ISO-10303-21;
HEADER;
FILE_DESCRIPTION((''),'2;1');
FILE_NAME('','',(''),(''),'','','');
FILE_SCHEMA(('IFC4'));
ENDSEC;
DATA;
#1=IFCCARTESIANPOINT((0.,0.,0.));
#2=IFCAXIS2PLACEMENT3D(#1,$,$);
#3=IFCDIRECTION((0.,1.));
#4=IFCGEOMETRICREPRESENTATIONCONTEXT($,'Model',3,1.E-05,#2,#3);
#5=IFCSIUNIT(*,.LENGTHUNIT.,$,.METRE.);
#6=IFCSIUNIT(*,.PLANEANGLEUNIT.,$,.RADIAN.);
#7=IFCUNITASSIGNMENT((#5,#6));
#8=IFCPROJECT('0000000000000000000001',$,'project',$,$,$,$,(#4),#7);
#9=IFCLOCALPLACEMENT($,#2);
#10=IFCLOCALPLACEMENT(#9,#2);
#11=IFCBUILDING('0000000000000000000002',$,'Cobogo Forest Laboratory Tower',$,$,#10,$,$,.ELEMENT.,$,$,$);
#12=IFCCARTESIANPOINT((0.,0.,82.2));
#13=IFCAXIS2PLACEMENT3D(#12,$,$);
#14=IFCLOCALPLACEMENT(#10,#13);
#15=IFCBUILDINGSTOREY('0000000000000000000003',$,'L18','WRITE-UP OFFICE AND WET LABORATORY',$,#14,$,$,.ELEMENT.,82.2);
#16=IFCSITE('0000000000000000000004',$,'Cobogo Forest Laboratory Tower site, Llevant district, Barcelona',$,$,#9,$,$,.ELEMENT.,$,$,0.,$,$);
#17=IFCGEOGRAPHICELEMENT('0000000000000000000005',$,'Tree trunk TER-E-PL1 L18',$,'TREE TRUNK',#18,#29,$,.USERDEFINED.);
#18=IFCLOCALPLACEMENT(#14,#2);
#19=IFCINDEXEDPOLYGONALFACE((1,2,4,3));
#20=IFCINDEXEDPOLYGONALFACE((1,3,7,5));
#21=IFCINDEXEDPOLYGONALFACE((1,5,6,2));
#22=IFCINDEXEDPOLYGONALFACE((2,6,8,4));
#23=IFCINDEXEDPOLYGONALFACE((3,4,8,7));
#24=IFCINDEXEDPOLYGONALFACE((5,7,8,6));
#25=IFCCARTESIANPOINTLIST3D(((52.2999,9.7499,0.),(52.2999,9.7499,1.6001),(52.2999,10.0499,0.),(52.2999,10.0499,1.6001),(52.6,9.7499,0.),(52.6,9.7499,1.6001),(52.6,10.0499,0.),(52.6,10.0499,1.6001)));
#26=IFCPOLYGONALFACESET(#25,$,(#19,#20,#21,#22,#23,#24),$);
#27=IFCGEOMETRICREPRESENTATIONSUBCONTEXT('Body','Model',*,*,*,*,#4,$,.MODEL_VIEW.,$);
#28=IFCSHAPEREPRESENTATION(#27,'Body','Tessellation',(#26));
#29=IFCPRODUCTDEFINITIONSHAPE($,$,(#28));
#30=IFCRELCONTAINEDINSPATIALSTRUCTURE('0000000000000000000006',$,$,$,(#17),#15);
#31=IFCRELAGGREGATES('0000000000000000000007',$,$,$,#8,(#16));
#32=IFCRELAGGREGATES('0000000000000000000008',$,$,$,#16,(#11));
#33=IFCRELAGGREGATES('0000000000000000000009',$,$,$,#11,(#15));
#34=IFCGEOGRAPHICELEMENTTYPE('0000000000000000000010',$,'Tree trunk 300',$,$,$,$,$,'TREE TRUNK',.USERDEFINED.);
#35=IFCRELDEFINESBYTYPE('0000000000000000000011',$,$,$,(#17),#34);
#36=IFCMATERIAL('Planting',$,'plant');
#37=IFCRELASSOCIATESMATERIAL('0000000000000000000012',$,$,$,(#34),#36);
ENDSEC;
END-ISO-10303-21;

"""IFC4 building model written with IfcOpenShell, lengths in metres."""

from ifc_helpers import new_model, si_unit, direction, frame, origin, origin_2d, place, context, subcontext, project, spatial, rectangle, extrude, material, type_object, element, save


model = new_model("IFC4")

# Units and contexts
model_context = context("Model", 3, precision=1e-05, world=origin(), true_north=direction((0.0, 1.0)))
body_context = subcontext(model_context, "Body", "Model", "MODEL_VIEW")
ifc_project = project(units=[si_unit("LENGTHUNIT", "METRE"), si_unit("PLANEANGLEUNIT", "RADIAN")], contexts=[model_context])

# Site, building, storey
site_placement = place(None, origin())
site = spatial("IfcSite", under=ifc_project, at=site_placement, Name="Cobogo Forest Laboratory Tower site, Llevant district, Barcelona", CompositionType="ELEMENT", RefElevation=0.0)
building_placement = place(site_placement, origin())
building = spatial("IfcBuilding", under=site, at=building_placement, Name="Cobogo Forest Laboratory Tower", CompositionType="ELEMENT")
storey_placement = place(building_placement, frame((0.0, 0.0, 82.2)))
storey = spatial("IfcBuildingStorey", under=building, at=storey_placement, Name="L18", Description="WRITE-UP OFFICE AND WET LABORATORY", CompositionType="ELEMENT", Elevation=82.2)

# Geographic element
ifc_material_1 = material(Name="Planting", Category="plant")
geographic_element_type = type_object("IfcGeographicElementType", Name="Tree trunk 300", ElementType="TREE TRUNK", PredefinedType="USERDEFINED", material=ifc_material_1)
geographic_element_placement = place(storey_placement, frame((52.45, 9.8999, 0.0), z_axis=(0.0, 0.0, 1.0), x_axis=(1.0, 0.0, 0.0)))
element("IfcGeographicElement", 1, at=geographic_element_placement, inside=storey, type_object=geographic_element_type, Name="Tree trunk TER-E-PL1 L18", ObjectType="TREE TRUNK", PredefinedType="USERDEFINED", context=body_context, shape_type="SweptSolid", body=[
    extrude(rectangle(XDim=0.3, YDim=0.3, at=origin_2d()), origin(), (0.0, 0.0, 1.0), 1.6001),
])

save(model, "model.ifc")
